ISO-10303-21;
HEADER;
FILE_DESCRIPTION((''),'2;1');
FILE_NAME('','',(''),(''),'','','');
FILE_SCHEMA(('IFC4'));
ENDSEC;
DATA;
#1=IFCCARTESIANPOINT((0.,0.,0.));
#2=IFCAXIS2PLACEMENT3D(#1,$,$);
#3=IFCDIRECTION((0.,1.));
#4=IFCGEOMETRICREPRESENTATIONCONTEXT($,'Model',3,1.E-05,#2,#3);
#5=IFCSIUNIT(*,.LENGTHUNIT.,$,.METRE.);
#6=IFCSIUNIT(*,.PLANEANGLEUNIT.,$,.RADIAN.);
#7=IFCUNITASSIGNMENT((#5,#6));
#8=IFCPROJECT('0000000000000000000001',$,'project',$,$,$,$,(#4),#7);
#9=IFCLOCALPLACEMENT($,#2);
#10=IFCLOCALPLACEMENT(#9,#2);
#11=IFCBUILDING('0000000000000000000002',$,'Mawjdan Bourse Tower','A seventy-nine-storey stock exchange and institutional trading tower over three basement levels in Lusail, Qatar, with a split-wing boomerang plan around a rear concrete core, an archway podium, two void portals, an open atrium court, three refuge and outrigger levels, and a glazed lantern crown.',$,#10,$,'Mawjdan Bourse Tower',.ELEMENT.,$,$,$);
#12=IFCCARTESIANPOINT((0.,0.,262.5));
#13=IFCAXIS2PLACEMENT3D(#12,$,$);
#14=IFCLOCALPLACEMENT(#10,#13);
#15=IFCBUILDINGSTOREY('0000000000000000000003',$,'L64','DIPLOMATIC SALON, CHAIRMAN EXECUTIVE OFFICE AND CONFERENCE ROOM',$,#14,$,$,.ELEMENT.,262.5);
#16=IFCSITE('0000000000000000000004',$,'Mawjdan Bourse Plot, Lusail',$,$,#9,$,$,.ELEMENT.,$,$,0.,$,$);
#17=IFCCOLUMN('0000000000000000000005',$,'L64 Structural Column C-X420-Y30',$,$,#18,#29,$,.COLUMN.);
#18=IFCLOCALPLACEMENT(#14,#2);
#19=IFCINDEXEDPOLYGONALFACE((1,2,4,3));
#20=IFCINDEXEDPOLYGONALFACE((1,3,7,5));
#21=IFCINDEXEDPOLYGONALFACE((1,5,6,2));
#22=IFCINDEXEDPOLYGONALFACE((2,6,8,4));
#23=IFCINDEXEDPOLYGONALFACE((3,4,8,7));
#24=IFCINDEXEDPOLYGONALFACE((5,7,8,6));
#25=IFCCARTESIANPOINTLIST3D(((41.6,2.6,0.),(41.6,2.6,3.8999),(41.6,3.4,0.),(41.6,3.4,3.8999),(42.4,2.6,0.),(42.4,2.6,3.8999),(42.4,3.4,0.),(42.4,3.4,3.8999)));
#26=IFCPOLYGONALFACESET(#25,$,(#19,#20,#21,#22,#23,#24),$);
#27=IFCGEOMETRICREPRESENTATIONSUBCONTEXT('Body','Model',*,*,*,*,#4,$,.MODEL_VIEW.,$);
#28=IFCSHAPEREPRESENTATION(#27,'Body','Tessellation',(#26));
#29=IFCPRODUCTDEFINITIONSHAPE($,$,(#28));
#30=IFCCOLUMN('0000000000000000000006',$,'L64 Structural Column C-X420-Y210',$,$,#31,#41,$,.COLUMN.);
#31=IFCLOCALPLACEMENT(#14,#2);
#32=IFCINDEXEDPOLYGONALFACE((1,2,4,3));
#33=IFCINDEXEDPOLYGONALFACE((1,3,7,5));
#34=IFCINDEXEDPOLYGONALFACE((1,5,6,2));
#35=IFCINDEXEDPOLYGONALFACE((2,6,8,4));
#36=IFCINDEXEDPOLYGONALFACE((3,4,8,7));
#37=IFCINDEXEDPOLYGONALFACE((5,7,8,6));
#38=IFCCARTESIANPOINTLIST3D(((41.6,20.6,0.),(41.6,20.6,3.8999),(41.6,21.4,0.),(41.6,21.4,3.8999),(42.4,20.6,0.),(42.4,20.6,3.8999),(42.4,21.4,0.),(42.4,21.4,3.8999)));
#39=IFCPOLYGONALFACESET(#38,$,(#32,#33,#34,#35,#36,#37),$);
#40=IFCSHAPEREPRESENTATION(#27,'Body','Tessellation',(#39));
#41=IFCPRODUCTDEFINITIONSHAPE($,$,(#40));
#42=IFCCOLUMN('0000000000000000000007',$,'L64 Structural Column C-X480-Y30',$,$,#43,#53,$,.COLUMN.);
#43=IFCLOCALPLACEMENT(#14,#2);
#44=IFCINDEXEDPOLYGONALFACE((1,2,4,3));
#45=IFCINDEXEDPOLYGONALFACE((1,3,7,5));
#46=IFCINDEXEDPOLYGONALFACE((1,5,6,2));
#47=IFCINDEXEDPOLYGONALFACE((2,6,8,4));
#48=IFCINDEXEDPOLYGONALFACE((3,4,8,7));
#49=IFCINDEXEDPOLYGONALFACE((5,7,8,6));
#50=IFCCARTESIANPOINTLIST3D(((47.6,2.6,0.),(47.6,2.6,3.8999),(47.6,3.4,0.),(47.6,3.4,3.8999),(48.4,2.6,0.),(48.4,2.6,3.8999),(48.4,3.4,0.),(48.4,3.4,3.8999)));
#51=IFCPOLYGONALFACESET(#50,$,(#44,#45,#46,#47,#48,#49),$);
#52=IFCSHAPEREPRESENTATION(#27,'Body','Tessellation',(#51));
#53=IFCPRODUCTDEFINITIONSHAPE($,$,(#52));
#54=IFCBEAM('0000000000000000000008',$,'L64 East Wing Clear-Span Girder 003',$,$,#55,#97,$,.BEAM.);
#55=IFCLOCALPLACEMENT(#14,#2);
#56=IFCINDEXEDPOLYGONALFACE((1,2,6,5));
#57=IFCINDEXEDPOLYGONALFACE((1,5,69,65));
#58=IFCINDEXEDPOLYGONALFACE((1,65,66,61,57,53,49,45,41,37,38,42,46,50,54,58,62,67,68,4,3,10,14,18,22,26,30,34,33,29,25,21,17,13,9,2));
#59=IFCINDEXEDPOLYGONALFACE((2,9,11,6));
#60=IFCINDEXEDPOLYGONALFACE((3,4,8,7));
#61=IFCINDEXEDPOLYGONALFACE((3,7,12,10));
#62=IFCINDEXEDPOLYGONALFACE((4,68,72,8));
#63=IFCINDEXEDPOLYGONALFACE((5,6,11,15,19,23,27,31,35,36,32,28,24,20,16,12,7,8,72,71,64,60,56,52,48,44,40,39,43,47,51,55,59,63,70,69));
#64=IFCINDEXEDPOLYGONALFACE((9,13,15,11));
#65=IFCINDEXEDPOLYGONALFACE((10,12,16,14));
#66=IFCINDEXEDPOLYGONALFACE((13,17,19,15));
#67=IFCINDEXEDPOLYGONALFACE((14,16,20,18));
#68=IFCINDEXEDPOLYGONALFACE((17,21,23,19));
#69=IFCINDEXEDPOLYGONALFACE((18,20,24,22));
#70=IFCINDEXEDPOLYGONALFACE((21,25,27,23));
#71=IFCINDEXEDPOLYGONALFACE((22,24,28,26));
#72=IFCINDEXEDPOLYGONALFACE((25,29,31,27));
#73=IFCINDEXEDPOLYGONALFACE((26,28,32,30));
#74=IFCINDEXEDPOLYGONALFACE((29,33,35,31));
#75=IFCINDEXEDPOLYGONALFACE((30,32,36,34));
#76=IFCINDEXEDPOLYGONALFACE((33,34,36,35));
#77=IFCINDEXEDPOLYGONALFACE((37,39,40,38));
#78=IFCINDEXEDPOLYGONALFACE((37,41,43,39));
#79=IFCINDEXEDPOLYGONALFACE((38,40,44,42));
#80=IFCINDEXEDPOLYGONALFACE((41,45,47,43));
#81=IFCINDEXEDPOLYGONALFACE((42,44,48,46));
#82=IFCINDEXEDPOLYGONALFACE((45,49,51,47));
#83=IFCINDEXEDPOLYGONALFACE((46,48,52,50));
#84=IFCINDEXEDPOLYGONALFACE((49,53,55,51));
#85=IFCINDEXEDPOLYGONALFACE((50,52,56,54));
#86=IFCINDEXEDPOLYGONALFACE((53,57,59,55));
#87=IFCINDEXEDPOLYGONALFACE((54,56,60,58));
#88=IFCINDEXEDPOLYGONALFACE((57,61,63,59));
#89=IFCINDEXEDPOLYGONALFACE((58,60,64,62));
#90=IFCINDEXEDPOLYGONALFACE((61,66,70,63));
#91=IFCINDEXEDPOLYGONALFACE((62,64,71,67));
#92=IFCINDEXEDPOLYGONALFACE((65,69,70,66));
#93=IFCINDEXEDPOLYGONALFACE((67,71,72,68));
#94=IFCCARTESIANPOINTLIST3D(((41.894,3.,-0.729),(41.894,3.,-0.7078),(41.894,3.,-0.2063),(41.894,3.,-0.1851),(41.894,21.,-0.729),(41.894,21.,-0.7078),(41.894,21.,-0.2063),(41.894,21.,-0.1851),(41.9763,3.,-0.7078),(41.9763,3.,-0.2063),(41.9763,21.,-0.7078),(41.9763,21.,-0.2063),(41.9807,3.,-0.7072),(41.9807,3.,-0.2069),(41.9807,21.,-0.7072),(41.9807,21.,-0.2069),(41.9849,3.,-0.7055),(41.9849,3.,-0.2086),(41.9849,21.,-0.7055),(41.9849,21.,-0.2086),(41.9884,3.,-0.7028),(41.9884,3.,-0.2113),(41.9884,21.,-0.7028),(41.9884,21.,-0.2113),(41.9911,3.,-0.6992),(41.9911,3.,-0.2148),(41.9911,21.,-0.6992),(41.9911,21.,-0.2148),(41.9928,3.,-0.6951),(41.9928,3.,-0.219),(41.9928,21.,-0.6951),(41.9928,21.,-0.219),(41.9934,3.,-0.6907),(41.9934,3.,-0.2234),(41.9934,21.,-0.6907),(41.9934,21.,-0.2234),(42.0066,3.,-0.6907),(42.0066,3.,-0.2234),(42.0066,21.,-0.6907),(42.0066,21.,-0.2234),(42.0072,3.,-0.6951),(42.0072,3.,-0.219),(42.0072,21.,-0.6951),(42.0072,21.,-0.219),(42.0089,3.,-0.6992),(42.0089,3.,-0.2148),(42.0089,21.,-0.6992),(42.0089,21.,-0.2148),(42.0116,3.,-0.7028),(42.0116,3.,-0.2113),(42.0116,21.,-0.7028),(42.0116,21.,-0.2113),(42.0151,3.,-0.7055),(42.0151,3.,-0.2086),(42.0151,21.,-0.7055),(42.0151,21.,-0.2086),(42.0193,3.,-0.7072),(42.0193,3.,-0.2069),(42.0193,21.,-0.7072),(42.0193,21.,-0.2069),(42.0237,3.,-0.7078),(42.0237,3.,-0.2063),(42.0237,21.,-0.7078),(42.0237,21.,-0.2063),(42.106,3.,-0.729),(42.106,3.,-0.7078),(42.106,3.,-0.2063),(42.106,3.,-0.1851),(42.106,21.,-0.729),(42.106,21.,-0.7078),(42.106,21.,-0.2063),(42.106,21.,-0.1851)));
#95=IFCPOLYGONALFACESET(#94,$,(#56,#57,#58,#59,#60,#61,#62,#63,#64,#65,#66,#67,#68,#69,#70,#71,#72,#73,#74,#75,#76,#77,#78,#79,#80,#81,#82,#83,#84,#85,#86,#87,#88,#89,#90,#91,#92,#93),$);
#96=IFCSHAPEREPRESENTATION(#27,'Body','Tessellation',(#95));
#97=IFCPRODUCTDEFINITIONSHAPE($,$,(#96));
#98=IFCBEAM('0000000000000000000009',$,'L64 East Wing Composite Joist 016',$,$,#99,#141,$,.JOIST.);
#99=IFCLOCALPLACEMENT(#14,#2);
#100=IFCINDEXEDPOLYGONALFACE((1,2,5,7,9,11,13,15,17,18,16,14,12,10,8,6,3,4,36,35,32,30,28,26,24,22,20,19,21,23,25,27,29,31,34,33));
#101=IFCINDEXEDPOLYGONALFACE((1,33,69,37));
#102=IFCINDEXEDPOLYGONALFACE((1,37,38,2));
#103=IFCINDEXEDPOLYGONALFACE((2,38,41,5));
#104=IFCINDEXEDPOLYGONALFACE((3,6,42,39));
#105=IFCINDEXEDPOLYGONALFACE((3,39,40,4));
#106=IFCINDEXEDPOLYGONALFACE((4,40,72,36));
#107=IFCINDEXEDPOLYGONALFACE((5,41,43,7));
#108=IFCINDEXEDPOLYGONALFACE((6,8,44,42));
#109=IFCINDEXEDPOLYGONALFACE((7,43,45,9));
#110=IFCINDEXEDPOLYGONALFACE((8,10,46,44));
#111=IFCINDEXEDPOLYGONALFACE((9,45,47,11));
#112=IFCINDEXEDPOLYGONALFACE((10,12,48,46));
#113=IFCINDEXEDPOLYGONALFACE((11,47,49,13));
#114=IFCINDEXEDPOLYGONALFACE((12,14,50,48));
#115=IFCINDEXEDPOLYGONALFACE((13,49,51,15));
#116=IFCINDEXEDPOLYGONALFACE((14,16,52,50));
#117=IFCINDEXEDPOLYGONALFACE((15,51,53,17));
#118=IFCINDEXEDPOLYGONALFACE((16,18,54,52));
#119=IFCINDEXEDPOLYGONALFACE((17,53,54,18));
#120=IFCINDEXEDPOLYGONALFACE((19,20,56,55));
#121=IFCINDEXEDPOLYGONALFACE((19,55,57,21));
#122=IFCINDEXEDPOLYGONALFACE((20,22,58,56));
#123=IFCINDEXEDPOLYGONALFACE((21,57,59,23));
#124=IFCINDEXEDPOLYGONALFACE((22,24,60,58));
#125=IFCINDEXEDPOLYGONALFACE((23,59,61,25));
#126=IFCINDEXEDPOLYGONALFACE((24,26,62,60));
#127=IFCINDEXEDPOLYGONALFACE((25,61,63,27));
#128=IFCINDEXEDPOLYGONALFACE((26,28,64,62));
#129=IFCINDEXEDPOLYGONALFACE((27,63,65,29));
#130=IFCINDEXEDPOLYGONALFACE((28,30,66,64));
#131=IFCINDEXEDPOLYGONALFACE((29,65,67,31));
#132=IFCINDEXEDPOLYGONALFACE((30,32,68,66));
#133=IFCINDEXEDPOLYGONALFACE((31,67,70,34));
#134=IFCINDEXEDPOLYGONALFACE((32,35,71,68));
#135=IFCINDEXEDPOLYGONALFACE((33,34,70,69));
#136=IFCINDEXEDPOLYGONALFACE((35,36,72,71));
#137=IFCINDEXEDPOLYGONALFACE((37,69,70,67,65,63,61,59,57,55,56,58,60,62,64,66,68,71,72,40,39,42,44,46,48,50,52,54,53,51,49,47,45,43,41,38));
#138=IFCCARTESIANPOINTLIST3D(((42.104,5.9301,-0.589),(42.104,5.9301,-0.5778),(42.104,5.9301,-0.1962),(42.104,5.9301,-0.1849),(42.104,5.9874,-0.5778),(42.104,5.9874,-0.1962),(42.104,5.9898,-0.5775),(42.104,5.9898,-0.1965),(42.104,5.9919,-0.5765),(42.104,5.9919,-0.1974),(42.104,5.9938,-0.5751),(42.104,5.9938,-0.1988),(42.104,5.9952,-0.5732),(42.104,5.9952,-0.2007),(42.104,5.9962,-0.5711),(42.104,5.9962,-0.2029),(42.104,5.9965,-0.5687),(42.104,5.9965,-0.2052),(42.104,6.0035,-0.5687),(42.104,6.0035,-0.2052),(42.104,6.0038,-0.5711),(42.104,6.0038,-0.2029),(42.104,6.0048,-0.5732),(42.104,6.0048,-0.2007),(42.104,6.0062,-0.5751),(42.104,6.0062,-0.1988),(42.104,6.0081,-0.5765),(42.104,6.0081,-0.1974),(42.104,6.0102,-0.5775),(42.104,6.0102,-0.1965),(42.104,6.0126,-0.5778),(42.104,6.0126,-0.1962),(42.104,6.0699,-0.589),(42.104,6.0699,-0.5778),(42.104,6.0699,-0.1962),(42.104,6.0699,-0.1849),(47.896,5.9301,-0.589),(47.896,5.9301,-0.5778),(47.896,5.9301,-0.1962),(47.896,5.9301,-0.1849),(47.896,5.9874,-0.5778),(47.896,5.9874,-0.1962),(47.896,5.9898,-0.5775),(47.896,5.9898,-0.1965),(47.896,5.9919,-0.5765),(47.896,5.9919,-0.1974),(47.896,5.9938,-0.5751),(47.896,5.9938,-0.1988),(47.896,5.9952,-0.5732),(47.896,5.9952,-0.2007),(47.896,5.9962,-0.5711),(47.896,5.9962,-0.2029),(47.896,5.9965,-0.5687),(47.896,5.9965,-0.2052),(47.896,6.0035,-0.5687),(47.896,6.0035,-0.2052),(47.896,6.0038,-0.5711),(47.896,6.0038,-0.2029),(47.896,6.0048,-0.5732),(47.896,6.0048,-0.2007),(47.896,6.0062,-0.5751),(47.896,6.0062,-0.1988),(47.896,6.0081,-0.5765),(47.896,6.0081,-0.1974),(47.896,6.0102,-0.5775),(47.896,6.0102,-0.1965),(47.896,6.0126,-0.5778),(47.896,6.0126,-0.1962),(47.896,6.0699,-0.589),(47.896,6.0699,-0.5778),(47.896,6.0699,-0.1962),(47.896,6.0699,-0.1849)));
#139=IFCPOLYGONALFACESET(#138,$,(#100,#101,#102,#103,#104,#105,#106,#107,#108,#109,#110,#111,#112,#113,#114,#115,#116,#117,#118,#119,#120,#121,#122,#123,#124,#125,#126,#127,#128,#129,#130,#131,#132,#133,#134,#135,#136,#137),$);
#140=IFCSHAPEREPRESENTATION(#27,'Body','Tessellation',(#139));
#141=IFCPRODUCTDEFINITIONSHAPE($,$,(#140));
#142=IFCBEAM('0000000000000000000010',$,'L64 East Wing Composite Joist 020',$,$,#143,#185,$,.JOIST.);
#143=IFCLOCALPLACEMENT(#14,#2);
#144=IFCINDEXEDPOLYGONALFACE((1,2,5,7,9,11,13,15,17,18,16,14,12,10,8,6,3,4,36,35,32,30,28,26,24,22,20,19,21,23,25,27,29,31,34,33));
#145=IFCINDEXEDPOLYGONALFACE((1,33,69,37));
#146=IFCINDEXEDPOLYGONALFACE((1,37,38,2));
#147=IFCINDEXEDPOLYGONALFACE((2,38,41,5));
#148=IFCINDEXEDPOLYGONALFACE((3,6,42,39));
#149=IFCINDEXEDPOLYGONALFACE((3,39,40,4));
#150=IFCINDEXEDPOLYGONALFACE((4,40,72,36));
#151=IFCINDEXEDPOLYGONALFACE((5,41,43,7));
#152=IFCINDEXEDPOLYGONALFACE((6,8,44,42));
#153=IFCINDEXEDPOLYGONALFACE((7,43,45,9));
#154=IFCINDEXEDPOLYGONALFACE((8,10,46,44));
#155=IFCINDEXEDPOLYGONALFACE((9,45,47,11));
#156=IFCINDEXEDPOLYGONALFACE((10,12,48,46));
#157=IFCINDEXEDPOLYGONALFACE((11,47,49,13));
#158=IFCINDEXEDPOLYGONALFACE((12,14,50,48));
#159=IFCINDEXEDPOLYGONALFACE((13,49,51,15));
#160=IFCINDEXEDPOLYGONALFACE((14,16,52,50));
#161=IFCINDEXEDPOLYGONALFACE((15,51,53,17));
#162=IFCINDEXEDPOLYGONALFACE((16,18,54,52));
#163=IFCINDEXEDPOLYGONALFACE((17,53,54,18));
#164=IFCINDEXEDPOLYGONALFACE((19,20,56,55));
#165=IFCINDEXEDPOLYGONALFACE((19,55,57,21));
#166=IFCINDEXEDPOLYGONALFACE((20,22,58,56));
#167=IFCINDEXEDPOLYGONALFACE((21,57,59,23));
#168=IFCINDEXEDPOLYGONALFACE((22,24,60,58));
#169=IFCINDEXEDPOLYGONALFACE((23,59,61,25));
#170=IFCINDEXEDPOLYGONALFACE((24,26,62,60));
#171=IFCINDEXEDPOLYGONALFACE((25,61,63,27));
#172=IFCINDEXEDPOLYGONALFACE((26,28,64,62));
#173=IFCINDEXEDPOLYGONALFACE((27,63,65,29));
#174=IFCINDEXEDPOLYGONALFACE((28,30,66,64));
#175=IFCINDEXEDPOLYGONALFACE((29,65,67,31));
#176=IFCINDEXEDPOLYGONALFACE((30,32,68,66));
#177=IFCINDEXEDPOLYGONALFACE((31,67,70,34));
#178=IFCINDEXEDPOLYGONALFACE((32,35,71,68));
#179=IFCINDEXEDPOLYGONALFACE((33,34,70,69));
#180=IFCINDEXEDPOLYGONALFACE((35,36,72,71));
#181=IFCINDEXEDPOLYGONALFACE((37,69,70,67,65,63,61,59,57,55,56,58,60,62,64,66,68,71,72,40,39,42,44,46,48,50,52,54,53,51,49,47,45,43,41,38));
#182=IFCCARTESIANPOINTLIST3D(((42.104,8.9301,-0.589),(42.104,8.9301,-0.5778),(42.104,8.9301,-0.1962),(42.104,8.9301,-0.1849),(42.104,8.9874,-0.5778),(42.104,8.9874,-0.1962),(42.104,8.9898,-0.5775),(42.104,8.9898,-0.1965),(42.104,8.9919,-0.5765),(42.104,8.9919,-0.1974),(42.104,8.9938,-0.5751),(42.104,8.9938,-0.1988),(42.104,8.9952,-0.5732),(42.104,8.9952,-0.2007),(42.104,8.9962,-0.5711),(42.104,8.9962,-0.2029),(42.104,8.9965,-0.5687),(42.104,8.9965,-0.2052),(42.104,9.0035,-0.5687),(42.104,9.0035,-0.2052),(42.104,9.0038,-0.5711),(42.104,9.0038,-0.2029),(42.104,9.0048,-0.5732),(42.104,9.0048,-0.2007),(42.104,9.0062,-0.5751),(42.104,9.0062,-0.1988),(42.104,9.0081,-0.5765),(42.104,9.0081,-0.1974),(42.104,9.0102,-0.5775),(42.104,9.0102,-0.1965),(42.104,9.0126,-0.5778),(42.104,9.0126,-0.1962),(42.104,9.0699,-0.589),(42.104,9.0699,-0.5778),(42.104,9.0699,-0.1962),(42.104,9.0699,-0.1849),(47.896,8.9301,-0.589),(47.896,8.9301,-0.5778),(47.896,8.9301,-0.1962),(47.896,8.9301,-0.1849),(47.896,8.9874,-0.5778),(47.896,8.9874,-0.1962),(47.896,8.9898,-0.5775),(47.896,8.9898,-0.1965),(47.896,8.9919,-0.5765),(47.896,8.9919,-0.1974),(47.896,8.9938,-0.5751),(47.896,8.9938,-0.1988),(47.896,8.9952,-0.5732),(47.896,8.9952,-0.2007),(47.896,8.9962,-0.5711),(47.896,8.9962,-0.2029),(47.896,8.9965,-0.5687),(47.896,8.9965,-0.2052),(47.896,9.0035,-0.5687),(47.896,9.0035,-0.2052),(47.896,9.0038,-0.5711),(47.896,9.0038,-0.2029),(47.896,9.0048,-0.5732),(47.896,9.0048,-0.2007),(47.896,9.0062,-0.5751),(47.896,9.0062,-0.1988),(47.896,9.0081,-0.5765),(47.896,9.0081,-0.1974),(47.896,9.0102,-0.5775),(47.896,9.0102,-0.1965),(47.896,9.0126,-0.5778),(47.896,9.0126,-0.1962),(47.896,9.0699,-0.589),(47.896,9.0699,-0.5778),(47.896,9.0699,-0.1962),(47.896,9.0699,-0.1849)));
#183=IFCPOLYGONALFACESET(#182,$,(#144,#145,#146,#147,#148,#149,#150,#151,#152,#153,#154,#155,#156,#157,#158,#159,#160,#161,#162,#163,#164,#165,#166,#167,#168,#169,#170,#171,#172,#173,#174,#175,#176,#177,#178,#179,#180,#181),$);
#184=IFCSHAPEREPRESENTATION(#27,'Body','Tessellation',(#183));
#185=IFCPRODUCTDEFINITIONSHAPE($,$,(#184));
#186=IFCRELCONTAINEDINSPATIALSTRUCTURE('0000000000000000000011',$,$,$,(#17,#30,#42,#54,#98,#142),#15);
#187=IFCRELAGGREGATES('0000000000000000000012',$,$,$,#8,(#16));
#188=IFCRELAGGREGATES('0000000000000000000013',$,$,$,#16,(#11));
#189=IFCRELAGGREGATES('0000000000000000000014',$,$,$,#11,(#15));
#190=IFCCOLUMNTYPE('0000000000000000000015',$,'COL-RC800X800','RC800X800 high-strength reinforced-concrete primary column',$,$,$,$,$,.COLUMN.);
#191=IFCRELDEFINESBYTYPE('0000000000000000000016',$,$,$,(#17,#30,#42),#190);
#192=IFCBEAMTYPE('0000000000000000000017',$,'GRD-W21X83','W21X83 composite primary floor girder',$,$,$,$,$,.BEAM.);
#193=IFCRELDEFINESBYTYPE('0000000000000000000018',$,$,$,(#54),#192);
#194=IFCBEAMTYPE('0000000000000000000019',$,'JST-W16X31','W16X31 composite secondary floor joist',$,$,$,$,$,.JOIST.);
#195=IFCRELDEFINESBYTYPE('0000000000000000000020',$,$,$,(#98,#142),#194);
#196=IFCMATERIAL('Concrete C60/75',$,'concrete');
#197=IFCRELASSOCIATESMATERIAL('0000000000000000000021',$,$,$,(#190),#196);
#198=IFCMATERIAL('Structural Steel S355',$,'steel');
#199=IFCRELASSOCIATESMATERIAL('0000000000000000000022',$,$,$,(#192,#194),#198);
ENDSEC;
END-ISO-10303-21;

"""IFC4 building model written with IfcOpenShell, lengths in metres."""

from ifc_helpers import new_model, si_unit, direction, frame, origin, origin_2d, place, context, subcontext, project, spatial, rectangle, i_section, extrude, material, material_profile, profile_set, type_object, element, save


model = new_model("IFC4")

# Units and contexts
model_context = context("Model", 3, precision=1e-05, world=origin(), true_north=direction((0.0, 1.0)))
body_context = subcontext(model_context, "Body", "Model", "MODEL_VIEW")
ifc_project = project(units=[si_unit("LENGTHUNIT", "METRE"), si_unit("PLANEANGLEUNIT", "RADIAN")], contexts=[model_context])

# Site, building, storey
site_placement = place(None, origin())
site = spatial("IfcSite", under=ifc_project, at=site_placement, Name="Mawjdan Bourse Plot, Lusail", CompositionType="ELEMENT", RefElevation=0.0)
building_placement = place(site_placement, origin())
building = spatial("IfcBuilding", under=site, at=building_placement, Name="Mawjdan Bourse Tower", Description="A seventy-nine-storey stock exchange and institutional trading tower over three basement levels in Lusail, Qatar, with a split-wing boomerang plan around a rear concrete core, an archway podium, two void portals, an open atrium court, three refuge and outrigger levels, and a glazed lantern crown.", LongName="Mawjdan Bourse Tower", CompositionType="ELEMENT")
storey_placement = place(building_placement, frame((0.0, 0.0, 262.5)))
storey = spatial("IfcBuildingStorey", under=building, at=storey_placement, Name="L64", Description="DIPLOMATIC SALON, CHAIRMAN EXECUTIVE OFFICE AND CONFERENCE ROOM", CompositionType="ELEMENT", Elevation=262.5)

# Columns
ifc_material_1 = material(Name="Concrete C60/75", Category="concrete")
ifc_material_profile_1 = material_profile(ifc_material_1, rectangle(XDim=0.8, YDim=0.8, at=origin_2d()), Name="RC800X800")
ifc_profile_set_1 = profile_set([ifc_material_profile_1], Name="Concrete C60/75")
column_type = type_object("IfcColumnType", Name="COL-RC800X800", Description="RC800X800 high-strength reinforced-concrete primary column", PredefinedType="COLUMN", material=ifc_profile_set_1)
for number, where, z_axis, x_axis, name in (
    (1, (42.0, 3.0, 0.0), (0.0, 0.0, 1.0), (1.0, 0.0, 0.0), "L64 Structural Column C-X420-Y30"),
    (2, (42.0, 21.0, 0.0), (0.0, 0.0, 1.0), (1.0, 0.0, 0.0), "L64 Structural Column C-X420-Y210"),
    (3, (48.0, 3.0, 0.0), (0.0, 0.0, 1.0), (1.0, 0.0, 0.0), "L64 Structural Column C-X480-Y30"),
):
    element("IfcColumn", number, at=place(storey_placement, frame(where, z_axis=z_axis, x_axis=x_axis)), inside=storey, type_object=column_type, Name=name, PredefinedType="COLUMN", context=body_context, shape_type="SweptSolid", body=[
        extrude(rectangle(XDim=0.8, YDim=0.8, at=origin_2d()), origin(), (0.0, 0.0, 1.0), 3.8999),
    ])

# Beams
ifc_material_2 = material(Name="Structural Steel S355", Category="steel")
ifc_material_profile_2 = material_profile(ifc_material_2, i_section(OverallWidth=0.2119, OverallDepth=0.5439, WebThickness=0.0132, FlangeThickness=0.0212, FilletRadius=0.0171, at=origin_2d()), Name="W21X83")
ifc_profile_set_2 = profile_set([ifc_material_profile_2], Name="Structural Steel S355")
beam_type_1 = type_object("IfcBeamType", Name="GRD-W21X83", Description="W21X83 composite primary floor girder", PredefinedType="BEAM", material=ifc_profile_set_2)
beam_1_placement = place(storey_placement, frame((42.0, 3.0, -0.457), z_axis=(0.0, 1.0, 0.0), x_axis=(-1.0, 0.0, 0.0)))
element("IfcBeam", 4, at=beam_1_placement, inside=storey, type_object=beam_type_1, Name="L64 East Wing Clear-Span Girder 003", PredefinedType="BEAM", context=body_context, shape_type="SweptSolid", body=[
    extrude(i_section(OverallWidth=0.2119, OverallDepth=0.5439, WebThickness=0.0132, FlangeThickness=0.0212, FilletRadius=0.0171, at=origin_2d()), origin(), (0.0, 0.0, 1.0), 18.0),
])
ifc_material_profile_3 = material_profile(ifc_material_2, i_section(OverallWidth=0.1399, OverallDepth=0.4041, WebThickness=0.0071, FlangeThickness=0.0112, FilletRadius=0.009, at=origin_2d()), Name="W16X31")
ifc_profile_set_3 = profile_set([ifc_material_profile_3], Name="Structural Steel S355")
beam_type_2 = type_object("IfcBeamType", Name="JST-W16X31", Description="W16X31 composite secondary floor joist", PredefinedType="JOIST", material=ifc_profile_set_3)
for number, where, z_axis, x_axis, name in (
    (5, (42.104, 6.0, -0.387), (1.0, 0.0, 0.0), (0.0, 1.0, 0.0), "L64 East Wing Composite Joist 016"),
    (6, (42.104, 9.0, -0.387), (1.0, 0.0, 0.0), (0.0, 1.0, 0.0), "L64 East Wing Composite Joist 020"),
):
    element("IfcBeam", number, at=place(storey_placement, frame(where, z_axis=z_axis, x_axis=x_axis)), inside=storey, type_object=beam_type_2, Name=name, PredefinedType="JOIST", context=body_context, shape_type="SweptSolid", body=[
        extrude(i_section(OverallWidth=0.1399, OverallDepth=0.4041, WebThickness=0.0071, FlangeThickness=0.0112, FilletRadius=0.009, at=origin_2d()), origin(), (0.0, 0.0, 1.0), 5.792),
    ])

save(model, "model.ifc")
